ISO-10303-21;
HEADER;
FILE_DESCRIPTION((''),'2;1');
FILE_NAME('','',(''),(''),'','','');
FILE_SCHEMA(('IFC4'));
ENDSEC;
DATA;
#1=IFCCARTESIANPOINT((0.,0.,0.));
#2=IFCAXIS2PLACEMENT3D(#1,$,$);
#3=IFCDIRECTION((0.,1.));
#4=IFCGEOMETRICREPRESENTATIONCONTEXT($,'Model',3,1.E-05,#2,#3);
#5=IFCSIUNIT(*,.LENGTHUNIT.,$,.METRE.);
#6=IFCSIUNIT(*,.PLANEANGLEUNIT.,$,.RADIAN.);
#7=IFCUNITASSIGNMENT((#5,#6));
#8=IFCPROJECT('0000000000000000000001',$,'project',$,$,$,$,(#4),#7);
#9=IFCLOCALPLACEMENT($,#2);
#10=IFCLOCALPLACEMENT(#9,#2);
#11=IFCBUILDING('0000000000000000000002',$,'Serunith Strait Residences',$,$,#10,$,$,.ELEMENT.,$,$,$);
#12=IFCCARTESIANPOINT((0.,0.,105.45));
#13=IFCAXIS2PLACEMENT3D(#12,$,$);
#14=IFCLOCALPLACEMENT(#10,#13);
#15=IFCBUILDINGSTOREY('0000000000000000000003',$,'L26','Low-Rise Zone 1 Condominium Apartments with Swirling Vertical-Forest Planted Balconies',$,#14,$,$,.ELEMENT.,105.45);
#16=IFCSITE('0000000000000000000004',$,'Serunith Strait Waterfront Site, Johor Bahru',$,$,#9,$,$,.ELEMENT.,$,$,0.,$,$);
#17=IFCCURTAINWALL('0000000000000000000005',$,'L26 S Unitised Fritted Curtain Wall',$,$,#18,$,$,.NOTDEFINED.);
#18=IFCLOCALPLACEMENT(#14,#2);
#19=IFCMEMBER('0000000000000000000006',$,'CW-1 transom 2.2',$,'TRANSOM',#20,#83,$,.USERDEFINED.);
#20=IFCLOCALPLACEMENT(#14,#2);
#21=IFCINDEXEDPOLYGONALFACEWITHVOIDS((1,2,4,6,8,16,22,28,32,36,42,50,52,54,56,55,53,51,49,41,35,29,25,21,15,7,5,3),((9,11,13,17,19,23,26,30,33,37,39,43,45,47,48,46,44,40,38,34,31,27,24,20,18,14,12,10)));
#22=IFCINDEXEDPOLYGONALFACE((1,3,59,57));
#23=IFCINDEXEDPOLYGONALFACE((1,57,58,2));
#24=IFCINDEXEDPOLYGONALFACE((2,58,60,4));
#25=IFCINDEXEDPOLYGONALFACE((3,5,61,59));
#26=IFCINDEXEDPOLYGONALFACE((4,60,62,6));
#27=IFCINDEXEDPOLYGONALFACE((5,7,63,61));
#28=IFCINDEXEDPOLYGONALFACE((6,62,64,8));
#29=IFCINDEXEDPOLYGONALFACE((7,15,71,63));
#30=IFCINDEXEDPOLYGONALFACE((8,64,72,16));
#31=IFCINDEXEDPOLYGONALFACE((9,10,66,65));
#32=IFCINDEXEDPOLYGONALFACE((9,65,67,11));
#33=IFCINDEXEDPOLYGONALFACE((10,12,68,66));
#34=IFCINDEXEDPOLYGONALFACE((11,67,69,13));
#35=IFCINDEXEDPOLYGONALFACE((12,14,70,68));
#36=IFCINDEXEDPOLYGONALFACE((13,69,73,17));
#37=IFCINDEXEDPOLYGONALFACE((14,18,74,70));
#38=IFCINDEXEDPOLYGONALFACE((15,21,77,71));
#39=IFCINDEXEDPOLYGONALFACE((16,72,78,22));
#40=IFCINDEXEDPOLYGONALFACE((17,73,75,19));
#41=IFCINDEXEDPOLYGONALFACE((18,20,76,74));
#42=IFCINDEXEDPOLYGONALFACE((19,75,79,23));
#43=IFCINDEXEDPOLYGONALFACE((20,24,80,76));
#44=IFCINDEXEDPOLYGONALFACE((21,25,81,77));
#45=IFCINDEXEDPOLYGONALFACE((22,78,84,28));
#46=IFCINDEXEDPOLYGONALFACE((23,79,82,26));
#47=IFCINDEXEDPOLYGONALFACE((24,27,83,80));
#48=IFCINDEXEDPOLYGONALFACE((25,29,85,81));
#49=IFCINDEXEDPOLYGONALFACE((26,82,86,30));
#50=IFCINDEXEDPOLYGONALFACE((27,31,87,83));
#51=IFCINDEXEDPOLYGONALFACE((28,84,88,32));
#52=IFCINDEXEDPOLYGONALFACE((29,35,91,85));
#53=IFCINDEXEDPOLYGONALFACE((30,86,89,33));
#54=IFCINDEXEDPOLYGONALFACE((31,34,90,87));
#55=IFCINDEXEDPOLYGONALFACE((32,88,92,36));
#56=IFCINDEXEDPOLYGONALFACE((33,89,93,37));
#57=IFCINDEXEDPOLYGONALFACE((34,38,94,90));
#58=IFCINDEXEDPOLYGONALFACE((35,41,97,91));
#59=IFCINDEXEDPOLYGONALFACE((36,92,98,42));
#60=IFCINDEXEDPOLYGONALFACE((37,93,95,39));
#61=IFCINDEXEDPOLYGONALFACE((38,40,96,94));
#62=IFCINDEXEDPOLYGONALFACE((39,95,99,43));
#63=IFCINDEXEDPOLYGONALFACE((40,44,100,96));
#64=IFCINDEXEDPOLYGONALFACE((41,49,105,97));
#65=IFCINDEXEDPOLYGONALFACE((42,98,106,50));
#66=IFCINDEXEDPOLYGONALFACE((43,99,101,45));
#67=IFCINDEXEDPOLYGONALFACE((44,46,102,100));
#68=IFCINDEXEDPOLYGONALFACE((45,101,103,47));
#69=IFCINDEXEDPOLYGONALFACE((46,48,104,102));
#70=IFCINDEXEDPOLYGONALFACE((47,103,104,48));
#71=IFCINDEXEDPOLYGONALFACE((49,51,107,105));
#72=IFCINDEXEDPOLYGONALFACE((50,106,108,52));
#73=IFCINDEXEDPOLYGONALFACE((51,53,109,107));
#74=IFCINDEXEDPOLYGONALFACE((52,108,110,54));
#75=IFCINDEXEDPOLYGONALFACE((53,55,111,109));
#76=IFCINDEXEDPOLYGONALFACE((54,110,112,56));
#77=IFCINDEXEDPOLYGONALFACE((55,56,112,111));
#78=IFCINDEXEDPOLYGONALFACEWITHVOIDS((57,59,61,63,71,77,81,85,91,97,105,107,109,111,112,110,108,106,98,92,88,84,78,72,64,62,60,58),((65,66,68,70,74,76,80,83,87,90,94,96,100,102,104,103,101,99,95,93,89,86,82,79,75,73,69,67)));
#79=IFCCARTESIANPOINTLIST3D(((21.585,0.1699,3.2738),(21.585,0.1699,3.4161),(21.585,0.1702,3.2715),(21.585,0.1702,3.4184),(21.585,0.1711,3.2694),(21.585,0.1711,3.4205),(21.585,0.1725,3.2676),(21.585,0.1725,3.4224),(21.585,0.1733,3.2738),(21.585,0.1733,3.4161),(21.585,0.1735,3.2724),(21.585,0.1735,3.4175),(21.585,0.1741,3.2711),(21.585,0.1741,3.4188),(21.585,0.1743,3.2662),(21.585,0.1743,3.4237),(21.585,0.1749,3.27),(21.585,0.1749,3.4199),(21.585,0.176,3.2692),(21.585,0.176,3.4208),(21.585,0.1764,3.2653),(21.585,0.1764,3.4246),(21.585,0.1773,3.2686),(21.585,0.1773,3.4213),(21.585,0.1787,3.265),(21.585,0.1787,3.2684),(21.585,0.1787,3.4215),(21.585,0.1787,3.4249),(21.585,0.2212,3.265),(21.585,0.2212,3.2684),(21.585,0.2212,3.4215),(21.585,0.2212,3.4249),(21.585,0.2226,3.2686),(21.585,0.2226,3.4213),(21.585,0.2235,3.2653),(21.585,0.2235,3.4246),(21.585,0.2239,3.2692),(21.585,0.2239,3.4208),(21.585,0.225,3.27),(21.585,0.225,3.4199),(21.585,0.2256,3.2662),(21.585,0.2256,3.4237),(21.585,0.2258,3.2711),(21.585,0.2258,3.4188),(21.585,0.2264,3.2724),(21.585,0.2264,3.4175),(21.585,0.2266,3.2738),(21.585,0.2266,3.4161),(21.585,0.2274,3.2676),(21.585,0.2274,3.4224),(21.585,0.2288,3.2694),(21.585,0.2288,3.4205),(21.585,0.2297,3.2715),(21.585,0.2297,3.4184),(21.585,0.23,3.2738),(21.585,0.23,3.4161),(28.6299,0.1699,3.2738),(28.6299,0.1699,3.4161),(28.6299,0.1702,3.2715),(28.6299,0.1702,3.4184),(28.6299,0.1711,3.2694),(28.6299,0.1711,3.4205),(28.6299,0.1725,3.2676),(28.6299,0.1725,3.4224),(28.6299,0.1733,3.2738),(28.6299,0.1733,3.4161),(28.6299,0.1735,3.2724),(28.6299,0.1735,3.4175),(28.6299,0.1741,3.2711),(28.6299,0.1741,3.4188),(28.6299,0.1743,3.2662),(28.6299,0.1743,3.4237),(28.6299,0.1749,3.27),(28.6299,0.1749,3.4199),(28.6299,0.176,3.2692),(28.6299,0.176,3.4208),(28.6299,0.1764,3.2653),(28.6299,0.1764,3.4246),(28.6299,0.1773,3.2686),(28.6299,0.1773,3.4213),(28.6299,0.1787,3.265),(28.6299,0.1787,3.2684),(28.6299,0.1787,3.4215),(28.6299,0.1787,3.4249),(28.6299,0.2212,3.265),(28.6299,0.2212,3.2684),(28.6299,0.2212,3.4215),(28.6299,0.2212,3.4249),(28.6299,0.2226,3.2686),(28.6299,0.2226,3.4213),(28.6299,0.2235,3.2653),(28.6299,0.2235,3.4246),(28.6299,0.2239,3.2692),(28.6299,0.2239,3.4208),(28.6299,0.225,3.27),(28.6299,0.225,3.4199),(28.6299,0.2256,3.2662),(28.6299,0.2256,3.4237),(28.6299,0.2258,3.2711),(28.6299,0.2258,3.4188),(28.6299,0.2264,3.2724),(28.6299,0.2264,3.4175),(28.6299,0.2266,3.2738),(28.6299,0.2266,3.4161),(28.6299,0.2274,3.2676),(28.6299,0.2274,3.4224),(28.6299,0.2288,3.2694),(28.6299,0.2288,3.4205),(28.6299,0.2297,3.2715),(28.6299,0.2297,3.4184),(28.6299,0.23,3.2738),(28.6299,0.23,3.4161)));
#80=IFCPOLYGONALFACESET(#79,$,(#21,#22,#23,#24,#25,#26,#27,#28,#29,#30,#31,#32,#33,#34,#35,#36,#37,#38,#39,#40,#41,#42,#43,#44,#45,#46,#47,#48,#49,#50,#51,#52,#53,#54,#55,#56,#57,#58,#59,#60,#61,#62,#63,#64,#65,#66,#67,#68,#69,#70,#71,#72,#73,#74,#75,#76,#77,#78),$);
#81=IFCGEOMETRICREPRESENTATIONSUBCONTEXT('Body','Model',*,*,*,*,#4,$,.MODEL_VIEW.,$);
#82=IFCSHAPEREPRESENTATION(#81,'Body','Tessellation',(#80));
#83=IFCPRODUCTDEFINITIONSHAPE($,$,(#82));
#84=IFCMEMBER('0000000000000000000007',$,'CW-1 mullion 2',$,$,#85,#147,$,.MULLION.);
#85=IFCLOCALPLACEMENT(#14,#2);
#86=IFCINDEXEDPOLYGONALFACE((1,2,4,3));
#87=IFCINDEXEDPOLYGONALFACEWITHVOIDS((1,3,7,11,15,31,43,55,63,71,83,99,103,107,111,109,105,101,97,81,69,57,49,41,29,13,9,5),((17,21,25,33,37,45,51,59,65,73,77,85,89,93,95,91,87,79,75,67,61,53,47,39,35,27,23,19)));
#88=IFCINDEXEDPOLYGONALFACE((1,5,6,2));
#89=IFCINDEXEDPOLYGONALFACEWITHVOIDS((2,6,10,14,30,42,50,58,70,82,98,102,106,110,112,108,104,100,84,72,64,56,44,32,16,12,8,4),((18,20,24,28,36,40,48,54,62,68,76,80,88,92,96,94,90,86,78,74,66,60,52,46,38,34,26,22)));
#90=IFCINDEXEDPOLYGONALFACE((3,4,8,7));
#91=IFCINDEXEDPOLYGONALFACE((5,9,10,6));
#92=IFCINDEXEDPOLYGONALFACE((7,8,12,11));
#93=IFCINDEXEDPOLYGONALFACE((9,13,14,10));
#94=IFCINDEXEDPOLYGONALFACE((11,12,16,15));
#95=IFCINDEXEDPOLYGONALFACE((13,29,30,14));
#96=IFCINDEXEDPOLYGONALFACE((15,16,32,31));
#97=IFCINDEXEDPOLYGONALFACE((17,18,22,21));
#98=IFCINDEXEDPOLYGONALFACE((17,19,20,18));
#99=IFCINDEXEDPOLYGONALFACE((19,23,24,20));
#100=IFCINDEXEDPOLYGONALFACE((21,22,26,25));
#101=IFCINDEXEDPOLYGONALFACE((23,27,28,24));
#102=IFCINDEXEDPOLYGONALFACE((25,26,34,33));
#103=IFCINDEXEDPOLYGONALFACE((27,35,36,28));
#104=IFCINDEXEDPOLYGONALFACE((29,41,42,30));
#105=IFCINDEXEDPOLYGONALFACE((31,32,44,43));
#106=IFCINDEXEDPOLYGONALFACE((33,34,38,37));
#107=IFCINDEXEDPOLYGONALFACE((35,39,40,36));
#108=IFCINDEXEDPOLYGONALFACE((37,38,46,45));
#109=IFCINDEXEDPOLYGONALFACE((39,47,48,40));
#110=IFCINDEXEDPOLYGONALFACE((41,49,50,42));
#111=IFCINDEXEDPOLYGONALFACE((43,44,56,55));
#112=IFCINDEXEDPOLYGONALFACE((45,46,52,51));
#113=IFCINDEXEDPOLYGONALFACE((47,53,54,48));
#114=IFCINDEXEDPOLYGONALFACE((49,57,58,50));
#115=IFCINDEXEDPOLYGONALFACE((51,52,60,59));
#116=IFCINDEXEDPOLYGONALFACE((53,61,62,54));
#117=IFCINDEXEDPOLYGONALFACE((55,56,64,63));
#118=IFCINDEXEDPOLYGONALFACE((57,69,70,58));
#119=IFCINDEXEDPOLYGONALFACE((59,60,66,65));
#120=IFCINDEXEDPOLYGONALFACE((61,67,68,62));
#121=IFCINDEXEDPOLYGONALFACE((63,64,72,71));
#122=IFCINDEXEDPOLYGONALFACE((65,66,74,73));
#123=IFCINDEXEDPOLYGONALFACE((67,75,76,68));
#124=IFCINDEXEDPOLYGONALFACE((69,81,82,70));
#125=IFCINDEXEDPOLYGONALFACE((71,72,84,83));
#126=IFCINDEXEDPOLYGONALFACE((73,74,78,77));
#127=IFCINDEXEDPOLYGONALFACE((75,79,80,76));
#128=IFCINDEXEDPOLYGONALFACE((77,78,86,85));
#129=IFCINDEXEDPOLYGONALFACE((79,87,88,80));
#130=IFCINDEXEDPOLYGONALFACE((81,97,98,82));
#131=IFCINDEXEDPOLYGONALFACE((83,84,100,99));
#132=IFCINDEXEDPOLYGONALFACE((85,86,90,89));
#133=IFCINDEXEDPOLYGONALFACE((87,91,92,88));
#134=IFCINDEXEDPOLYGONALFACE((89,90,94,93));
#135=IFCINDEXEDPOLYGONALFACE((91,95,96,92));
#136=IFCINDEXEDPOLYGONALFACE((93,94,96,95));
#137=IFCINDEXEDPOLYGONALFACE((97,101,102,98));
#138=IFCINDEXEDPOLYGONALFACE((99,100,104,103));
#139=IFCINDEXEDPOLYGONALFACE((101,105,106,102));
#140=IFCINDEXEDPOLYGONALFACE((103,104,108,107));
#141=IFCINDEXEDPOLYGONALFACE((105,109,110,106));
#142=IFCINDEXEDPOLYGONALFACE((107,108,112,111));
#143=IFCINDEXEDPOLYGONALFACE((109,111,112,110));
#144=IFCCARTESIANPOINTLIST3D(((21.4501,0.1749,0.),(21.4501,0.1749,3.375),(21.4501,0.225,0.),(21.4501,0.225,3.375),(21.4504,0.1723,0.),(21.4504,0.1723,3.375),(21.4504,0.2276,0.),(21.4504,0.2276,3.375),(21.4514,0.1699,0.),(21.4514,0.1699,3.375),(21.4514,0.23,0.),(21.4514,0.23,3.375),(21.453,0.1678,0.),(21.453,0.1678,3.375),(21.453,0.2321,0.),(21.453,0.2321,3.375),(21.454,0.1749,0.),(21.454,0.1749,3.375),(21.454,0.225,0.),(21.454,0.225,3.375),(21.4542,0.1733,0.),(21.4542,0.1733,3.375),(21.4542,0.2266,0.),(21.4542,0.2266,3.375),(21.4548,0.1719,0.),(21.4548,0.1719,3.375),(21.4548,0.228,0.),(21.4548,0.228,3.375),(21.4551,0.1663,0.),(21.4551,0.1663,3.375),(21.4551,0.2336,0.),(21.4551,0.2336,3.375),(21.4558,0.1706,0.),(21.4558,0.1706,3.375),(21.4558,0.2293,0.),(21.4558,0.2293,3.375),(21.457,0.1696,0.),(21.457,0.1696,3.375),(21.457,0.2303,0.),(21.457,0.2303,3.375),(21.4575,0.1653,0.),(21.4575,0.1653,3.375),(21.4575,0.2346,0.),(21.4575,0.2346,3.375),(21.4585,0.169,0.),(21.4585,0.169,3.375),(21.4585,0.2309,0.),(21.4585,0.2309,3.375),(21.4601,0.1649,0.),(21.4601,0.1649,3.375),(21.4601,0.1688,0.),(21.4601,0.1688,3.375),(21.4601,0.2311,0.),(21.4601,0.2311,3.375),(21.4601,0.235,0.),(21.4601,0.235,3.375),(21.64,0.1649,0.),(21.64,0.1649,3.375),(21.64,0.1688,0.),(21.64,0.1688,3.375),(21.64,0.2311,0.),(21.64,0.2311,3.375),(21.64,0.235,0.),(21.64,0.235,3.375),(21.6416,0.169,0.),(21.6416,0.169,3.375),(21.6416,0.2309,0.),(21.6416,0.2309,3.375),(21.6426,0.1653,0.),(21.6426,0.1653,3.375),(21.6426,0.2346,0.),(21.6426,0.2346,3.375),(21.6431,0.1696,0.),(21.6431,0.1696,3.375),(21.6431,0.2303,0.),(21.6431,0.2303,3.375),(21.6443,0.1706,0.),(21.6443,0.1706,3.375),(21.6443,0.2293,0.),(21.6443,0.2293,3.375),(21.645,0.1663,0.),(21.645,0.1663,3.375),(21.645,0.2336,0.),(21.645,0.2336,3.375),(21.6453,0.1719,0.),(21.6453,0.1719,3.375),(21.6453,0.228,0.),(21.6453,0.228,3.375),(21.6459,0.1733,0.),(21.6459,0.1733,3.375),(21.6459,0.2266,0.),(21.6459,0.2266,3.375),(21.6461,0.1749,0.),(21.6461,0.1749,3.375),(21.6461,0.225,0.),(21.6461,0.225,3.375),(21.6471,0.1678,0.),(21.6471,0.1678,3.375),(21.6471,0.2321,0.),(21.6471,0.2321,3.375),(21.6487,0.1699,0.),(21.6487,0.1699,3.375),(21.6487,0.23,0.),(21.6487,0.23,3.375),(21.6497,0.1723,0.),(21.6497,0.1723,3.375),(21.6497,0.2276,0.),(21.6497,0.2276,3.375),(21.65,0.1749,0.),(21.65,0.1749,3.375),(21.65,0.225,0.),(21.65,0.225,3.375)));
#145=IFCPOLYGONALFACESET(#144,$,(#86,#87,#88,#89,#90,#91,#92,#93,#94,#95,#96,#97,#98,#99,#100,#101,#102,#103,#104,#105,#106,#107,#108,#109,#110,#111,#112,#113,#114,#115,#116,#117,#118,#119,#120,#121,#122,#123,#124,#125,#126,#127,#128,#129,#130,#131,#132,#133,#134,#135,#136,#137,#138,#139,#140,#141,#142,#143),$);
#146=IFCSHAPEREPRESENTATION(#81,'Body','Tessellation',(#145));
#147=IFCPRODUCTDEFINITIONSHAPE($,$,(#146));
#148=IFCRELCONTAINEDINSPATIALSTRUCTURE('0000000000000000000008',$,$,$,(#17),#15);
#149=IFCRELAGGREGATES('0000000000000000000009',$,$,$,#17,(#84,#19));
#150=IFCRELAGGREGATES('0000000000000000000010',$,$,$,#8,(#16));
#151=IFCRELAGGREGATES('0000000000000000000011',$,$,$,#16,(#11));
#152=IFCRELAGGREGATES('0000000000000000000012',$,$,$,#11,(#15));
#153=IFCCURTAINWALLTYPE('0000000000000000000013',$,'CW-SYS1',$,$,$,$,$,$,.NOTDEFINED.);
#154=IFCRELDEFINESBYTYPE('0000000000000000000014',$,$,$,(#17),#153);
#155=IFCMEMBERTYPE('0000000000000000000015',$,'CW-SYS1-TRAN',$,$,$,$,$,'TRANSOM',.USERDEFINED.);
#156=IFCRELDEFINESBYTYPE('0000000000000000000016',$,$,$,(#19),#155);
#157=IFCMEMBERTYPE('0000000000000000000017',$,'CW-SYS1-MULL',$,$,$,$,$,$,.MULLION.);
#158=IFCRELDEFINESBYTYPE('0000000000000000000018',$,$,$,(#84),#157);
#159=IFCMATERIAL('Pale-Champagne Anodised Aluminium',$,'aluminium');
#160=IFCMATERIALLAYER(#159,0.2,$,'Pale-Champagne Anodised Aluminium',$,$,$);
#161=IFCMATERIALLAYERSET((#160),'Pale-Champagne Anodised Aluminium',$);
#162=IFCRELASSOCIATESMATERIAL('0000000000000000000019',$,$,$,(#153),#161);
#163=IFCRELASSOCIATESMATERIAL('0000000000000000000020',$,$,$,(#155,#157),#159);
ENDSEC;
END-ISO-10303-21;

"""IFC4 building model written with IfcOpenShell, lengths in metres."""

from ifc_helpers import new_model, si_unit, direction, frame, origin, origin_2d, place, context, subcontext, project, spatial, hollow_rectangle, extrude, source, transform, mapped, material, layer, layer_set, material_profile, profile_set, type_object, element, aggregate, save


model = new_model("IFC4")

# Units and contexts
model_context = context("Model", 3, precision=1e-05, world=origin(), true_north=direction((0.0, 1.0)))
body_context = subcontext(model_context, "Body", "Model", "MODEL_VIEW")
ifc_project = project(units=[si_unit("LENGTHUNIT", "METRE"), si_unit("PLANEANGLEUNIT", "RADIAN")], contexts=[model_context])

# Site, building, storey
site_placement = place(None, origin())
site = spatial("IfcSite", under=ifc_project, at=site_placement, Name="Serunith Strait Waterfront Site, Johor Bahru", CompositionType="ELEMENT", RefElevation=0.0)
building_placement = place(site_placement, origin())
building = spatial("IfcBuilding", under=site, at=building_placement, Name="Serunith Strait Residences", CompositionType="ELEMENT")
storey_placement = place(building_placement, frame((0.0, 0.0, 105.45)))
storey = spatial("IfcBuildingStorey", under=building, at=storey_placement, Name="L26", Description="Low-Rise Zone 1 Condominium Apartments with Swirling Vertical-Forest Planted Balconies", CompositionType="ELEMENT", Elevation=105.45)

# Curtain wall, members
ifc_material_1 = material(Name="Pale-Champagne Anodised Aluminium", Category="aluminium")
ifc_layer_1 = layer(ifc_material_1, 0.2, Name="Pale-Champagne Anodised Aluminium")
ifc_layer_set_1 = layer_set([ifc_layer_1], Name="Pale-Champagne Anodised Aluminium")
curtain_wall_type = type_object("IfcCurtainWallType", Name="CW-SYS1", PredefinedType="NOTDEFINED", material=ifc_layer_set_1)
curtain_wall_placement = place(storey_placement, origin())
curtain_wall = element("IfcCurtainWall", 1, at=curtain_wall_placement, inside=storey, type_object=curtain_wall_type, Name="L26 S Unitised Fritted Curtain Wall", PredefinedType="NOTDEFINED")
ifc_material_profile_1 = material_profile(ifc_material_1, hollow_rectangle(XDim=0.0601, YDim=0.1599, WallThickness=0.0034, InnerFilletRadius=0.0054, OuterFilletRadius=0.0088, at=origin_2d()), Name="ALU 160x60x3.5")
ifc_profile_set_1 = profile_set([ifc_material_profile_1], Name="Pale-Champagne Anodised Aluminium")
member_type_1 = type_object("IfcMemberType", Name="CW-SYS1-TRAN", ElementType="TRANSOM", PredefinedType="USERDEFINED", material=ifc_profile_set_1)
shared_shape_1 = source(origin(), body_context, "Body", "SweptSolid", [
    extrude(hollow_rectangle(XDim=0.0601, YDim=0.1599, WallThickness=0.0034, InnerFilletRadius=0.0054, OuterFilletRadius=0.0088, at=origin_2d()), origin(), (0.0, 0.0, 1.0), 7.0449),
])
member_1_placement = place(storey_placement, frame((21.585, 0.2, 3.345), z_axis=(1.0, 0.0, 0.0), x_axis=(0.0, 1.0, 0.0)))
member_1 = element("IfcMember", 2, at=member_1_placement, type_object=member_type_1, Name="CW-1 transom 2.2", ObjectType="TRANSOM", PredefinedType="USERDEFINED", context=body_context, shape_type="MappedRepresentation", body=[
    mapped(shared_shape_1, transform((0.0, 0.0, 0.0), scale=1.0)),
])
ifc_material_profile_2 = material_profile(ifc_material_1, hollow_rectangle(XDim=0.0701, YDim=0.2, WallThickness=0.0039, InnerFilletRadius=0.0061, OuterFilletRadius=0.01, at=origin_2d()), Name="ALU 200x70x4")
ifc_profile_set_2 = profile_set([ifc_material_profile_2], Name="Pale-Champagne Anodised Aluminium")
member_type_2 = type_object("IfcMemberType", Name="CW-SYS1-MULL", PredefinedType="MULLION", material=ifc_profile_set_2)
shared_shape_2 = source(origin(), body_context, "Body", "SweptSolid", [
    extrude(hollow_rectangle(XDim=0.0701, YDim=0.2, WallThickness=0.0039, InnerFilletRadius=0.0061, OuterFilletRadius=0.01, at=origin_2d()), origin(), (0.0, 0.0, 1.0), 3.375),
])
member_2_placement = place(storey_placement, frame((21.55, 0.2, 0.0), z_axis=(0.0, 0.0, 1.0), x_axis=(0.0, 1.0, 0.0)))
member_2 = element("IfcMember", 3, at=member_2_placement, type_object=member_type_2, Name="CW-1 mullion 2", PredefinedType="MULLION", context=body_context, shape_type="MappedRepresentation", body=[
    mapped(shared_shape_2, transform((0.0, 0.0, 0.0), scale=1.0)),
])
aggregate(curtain_wall, [member_2, member_1])

save(model, "model.ifc")
